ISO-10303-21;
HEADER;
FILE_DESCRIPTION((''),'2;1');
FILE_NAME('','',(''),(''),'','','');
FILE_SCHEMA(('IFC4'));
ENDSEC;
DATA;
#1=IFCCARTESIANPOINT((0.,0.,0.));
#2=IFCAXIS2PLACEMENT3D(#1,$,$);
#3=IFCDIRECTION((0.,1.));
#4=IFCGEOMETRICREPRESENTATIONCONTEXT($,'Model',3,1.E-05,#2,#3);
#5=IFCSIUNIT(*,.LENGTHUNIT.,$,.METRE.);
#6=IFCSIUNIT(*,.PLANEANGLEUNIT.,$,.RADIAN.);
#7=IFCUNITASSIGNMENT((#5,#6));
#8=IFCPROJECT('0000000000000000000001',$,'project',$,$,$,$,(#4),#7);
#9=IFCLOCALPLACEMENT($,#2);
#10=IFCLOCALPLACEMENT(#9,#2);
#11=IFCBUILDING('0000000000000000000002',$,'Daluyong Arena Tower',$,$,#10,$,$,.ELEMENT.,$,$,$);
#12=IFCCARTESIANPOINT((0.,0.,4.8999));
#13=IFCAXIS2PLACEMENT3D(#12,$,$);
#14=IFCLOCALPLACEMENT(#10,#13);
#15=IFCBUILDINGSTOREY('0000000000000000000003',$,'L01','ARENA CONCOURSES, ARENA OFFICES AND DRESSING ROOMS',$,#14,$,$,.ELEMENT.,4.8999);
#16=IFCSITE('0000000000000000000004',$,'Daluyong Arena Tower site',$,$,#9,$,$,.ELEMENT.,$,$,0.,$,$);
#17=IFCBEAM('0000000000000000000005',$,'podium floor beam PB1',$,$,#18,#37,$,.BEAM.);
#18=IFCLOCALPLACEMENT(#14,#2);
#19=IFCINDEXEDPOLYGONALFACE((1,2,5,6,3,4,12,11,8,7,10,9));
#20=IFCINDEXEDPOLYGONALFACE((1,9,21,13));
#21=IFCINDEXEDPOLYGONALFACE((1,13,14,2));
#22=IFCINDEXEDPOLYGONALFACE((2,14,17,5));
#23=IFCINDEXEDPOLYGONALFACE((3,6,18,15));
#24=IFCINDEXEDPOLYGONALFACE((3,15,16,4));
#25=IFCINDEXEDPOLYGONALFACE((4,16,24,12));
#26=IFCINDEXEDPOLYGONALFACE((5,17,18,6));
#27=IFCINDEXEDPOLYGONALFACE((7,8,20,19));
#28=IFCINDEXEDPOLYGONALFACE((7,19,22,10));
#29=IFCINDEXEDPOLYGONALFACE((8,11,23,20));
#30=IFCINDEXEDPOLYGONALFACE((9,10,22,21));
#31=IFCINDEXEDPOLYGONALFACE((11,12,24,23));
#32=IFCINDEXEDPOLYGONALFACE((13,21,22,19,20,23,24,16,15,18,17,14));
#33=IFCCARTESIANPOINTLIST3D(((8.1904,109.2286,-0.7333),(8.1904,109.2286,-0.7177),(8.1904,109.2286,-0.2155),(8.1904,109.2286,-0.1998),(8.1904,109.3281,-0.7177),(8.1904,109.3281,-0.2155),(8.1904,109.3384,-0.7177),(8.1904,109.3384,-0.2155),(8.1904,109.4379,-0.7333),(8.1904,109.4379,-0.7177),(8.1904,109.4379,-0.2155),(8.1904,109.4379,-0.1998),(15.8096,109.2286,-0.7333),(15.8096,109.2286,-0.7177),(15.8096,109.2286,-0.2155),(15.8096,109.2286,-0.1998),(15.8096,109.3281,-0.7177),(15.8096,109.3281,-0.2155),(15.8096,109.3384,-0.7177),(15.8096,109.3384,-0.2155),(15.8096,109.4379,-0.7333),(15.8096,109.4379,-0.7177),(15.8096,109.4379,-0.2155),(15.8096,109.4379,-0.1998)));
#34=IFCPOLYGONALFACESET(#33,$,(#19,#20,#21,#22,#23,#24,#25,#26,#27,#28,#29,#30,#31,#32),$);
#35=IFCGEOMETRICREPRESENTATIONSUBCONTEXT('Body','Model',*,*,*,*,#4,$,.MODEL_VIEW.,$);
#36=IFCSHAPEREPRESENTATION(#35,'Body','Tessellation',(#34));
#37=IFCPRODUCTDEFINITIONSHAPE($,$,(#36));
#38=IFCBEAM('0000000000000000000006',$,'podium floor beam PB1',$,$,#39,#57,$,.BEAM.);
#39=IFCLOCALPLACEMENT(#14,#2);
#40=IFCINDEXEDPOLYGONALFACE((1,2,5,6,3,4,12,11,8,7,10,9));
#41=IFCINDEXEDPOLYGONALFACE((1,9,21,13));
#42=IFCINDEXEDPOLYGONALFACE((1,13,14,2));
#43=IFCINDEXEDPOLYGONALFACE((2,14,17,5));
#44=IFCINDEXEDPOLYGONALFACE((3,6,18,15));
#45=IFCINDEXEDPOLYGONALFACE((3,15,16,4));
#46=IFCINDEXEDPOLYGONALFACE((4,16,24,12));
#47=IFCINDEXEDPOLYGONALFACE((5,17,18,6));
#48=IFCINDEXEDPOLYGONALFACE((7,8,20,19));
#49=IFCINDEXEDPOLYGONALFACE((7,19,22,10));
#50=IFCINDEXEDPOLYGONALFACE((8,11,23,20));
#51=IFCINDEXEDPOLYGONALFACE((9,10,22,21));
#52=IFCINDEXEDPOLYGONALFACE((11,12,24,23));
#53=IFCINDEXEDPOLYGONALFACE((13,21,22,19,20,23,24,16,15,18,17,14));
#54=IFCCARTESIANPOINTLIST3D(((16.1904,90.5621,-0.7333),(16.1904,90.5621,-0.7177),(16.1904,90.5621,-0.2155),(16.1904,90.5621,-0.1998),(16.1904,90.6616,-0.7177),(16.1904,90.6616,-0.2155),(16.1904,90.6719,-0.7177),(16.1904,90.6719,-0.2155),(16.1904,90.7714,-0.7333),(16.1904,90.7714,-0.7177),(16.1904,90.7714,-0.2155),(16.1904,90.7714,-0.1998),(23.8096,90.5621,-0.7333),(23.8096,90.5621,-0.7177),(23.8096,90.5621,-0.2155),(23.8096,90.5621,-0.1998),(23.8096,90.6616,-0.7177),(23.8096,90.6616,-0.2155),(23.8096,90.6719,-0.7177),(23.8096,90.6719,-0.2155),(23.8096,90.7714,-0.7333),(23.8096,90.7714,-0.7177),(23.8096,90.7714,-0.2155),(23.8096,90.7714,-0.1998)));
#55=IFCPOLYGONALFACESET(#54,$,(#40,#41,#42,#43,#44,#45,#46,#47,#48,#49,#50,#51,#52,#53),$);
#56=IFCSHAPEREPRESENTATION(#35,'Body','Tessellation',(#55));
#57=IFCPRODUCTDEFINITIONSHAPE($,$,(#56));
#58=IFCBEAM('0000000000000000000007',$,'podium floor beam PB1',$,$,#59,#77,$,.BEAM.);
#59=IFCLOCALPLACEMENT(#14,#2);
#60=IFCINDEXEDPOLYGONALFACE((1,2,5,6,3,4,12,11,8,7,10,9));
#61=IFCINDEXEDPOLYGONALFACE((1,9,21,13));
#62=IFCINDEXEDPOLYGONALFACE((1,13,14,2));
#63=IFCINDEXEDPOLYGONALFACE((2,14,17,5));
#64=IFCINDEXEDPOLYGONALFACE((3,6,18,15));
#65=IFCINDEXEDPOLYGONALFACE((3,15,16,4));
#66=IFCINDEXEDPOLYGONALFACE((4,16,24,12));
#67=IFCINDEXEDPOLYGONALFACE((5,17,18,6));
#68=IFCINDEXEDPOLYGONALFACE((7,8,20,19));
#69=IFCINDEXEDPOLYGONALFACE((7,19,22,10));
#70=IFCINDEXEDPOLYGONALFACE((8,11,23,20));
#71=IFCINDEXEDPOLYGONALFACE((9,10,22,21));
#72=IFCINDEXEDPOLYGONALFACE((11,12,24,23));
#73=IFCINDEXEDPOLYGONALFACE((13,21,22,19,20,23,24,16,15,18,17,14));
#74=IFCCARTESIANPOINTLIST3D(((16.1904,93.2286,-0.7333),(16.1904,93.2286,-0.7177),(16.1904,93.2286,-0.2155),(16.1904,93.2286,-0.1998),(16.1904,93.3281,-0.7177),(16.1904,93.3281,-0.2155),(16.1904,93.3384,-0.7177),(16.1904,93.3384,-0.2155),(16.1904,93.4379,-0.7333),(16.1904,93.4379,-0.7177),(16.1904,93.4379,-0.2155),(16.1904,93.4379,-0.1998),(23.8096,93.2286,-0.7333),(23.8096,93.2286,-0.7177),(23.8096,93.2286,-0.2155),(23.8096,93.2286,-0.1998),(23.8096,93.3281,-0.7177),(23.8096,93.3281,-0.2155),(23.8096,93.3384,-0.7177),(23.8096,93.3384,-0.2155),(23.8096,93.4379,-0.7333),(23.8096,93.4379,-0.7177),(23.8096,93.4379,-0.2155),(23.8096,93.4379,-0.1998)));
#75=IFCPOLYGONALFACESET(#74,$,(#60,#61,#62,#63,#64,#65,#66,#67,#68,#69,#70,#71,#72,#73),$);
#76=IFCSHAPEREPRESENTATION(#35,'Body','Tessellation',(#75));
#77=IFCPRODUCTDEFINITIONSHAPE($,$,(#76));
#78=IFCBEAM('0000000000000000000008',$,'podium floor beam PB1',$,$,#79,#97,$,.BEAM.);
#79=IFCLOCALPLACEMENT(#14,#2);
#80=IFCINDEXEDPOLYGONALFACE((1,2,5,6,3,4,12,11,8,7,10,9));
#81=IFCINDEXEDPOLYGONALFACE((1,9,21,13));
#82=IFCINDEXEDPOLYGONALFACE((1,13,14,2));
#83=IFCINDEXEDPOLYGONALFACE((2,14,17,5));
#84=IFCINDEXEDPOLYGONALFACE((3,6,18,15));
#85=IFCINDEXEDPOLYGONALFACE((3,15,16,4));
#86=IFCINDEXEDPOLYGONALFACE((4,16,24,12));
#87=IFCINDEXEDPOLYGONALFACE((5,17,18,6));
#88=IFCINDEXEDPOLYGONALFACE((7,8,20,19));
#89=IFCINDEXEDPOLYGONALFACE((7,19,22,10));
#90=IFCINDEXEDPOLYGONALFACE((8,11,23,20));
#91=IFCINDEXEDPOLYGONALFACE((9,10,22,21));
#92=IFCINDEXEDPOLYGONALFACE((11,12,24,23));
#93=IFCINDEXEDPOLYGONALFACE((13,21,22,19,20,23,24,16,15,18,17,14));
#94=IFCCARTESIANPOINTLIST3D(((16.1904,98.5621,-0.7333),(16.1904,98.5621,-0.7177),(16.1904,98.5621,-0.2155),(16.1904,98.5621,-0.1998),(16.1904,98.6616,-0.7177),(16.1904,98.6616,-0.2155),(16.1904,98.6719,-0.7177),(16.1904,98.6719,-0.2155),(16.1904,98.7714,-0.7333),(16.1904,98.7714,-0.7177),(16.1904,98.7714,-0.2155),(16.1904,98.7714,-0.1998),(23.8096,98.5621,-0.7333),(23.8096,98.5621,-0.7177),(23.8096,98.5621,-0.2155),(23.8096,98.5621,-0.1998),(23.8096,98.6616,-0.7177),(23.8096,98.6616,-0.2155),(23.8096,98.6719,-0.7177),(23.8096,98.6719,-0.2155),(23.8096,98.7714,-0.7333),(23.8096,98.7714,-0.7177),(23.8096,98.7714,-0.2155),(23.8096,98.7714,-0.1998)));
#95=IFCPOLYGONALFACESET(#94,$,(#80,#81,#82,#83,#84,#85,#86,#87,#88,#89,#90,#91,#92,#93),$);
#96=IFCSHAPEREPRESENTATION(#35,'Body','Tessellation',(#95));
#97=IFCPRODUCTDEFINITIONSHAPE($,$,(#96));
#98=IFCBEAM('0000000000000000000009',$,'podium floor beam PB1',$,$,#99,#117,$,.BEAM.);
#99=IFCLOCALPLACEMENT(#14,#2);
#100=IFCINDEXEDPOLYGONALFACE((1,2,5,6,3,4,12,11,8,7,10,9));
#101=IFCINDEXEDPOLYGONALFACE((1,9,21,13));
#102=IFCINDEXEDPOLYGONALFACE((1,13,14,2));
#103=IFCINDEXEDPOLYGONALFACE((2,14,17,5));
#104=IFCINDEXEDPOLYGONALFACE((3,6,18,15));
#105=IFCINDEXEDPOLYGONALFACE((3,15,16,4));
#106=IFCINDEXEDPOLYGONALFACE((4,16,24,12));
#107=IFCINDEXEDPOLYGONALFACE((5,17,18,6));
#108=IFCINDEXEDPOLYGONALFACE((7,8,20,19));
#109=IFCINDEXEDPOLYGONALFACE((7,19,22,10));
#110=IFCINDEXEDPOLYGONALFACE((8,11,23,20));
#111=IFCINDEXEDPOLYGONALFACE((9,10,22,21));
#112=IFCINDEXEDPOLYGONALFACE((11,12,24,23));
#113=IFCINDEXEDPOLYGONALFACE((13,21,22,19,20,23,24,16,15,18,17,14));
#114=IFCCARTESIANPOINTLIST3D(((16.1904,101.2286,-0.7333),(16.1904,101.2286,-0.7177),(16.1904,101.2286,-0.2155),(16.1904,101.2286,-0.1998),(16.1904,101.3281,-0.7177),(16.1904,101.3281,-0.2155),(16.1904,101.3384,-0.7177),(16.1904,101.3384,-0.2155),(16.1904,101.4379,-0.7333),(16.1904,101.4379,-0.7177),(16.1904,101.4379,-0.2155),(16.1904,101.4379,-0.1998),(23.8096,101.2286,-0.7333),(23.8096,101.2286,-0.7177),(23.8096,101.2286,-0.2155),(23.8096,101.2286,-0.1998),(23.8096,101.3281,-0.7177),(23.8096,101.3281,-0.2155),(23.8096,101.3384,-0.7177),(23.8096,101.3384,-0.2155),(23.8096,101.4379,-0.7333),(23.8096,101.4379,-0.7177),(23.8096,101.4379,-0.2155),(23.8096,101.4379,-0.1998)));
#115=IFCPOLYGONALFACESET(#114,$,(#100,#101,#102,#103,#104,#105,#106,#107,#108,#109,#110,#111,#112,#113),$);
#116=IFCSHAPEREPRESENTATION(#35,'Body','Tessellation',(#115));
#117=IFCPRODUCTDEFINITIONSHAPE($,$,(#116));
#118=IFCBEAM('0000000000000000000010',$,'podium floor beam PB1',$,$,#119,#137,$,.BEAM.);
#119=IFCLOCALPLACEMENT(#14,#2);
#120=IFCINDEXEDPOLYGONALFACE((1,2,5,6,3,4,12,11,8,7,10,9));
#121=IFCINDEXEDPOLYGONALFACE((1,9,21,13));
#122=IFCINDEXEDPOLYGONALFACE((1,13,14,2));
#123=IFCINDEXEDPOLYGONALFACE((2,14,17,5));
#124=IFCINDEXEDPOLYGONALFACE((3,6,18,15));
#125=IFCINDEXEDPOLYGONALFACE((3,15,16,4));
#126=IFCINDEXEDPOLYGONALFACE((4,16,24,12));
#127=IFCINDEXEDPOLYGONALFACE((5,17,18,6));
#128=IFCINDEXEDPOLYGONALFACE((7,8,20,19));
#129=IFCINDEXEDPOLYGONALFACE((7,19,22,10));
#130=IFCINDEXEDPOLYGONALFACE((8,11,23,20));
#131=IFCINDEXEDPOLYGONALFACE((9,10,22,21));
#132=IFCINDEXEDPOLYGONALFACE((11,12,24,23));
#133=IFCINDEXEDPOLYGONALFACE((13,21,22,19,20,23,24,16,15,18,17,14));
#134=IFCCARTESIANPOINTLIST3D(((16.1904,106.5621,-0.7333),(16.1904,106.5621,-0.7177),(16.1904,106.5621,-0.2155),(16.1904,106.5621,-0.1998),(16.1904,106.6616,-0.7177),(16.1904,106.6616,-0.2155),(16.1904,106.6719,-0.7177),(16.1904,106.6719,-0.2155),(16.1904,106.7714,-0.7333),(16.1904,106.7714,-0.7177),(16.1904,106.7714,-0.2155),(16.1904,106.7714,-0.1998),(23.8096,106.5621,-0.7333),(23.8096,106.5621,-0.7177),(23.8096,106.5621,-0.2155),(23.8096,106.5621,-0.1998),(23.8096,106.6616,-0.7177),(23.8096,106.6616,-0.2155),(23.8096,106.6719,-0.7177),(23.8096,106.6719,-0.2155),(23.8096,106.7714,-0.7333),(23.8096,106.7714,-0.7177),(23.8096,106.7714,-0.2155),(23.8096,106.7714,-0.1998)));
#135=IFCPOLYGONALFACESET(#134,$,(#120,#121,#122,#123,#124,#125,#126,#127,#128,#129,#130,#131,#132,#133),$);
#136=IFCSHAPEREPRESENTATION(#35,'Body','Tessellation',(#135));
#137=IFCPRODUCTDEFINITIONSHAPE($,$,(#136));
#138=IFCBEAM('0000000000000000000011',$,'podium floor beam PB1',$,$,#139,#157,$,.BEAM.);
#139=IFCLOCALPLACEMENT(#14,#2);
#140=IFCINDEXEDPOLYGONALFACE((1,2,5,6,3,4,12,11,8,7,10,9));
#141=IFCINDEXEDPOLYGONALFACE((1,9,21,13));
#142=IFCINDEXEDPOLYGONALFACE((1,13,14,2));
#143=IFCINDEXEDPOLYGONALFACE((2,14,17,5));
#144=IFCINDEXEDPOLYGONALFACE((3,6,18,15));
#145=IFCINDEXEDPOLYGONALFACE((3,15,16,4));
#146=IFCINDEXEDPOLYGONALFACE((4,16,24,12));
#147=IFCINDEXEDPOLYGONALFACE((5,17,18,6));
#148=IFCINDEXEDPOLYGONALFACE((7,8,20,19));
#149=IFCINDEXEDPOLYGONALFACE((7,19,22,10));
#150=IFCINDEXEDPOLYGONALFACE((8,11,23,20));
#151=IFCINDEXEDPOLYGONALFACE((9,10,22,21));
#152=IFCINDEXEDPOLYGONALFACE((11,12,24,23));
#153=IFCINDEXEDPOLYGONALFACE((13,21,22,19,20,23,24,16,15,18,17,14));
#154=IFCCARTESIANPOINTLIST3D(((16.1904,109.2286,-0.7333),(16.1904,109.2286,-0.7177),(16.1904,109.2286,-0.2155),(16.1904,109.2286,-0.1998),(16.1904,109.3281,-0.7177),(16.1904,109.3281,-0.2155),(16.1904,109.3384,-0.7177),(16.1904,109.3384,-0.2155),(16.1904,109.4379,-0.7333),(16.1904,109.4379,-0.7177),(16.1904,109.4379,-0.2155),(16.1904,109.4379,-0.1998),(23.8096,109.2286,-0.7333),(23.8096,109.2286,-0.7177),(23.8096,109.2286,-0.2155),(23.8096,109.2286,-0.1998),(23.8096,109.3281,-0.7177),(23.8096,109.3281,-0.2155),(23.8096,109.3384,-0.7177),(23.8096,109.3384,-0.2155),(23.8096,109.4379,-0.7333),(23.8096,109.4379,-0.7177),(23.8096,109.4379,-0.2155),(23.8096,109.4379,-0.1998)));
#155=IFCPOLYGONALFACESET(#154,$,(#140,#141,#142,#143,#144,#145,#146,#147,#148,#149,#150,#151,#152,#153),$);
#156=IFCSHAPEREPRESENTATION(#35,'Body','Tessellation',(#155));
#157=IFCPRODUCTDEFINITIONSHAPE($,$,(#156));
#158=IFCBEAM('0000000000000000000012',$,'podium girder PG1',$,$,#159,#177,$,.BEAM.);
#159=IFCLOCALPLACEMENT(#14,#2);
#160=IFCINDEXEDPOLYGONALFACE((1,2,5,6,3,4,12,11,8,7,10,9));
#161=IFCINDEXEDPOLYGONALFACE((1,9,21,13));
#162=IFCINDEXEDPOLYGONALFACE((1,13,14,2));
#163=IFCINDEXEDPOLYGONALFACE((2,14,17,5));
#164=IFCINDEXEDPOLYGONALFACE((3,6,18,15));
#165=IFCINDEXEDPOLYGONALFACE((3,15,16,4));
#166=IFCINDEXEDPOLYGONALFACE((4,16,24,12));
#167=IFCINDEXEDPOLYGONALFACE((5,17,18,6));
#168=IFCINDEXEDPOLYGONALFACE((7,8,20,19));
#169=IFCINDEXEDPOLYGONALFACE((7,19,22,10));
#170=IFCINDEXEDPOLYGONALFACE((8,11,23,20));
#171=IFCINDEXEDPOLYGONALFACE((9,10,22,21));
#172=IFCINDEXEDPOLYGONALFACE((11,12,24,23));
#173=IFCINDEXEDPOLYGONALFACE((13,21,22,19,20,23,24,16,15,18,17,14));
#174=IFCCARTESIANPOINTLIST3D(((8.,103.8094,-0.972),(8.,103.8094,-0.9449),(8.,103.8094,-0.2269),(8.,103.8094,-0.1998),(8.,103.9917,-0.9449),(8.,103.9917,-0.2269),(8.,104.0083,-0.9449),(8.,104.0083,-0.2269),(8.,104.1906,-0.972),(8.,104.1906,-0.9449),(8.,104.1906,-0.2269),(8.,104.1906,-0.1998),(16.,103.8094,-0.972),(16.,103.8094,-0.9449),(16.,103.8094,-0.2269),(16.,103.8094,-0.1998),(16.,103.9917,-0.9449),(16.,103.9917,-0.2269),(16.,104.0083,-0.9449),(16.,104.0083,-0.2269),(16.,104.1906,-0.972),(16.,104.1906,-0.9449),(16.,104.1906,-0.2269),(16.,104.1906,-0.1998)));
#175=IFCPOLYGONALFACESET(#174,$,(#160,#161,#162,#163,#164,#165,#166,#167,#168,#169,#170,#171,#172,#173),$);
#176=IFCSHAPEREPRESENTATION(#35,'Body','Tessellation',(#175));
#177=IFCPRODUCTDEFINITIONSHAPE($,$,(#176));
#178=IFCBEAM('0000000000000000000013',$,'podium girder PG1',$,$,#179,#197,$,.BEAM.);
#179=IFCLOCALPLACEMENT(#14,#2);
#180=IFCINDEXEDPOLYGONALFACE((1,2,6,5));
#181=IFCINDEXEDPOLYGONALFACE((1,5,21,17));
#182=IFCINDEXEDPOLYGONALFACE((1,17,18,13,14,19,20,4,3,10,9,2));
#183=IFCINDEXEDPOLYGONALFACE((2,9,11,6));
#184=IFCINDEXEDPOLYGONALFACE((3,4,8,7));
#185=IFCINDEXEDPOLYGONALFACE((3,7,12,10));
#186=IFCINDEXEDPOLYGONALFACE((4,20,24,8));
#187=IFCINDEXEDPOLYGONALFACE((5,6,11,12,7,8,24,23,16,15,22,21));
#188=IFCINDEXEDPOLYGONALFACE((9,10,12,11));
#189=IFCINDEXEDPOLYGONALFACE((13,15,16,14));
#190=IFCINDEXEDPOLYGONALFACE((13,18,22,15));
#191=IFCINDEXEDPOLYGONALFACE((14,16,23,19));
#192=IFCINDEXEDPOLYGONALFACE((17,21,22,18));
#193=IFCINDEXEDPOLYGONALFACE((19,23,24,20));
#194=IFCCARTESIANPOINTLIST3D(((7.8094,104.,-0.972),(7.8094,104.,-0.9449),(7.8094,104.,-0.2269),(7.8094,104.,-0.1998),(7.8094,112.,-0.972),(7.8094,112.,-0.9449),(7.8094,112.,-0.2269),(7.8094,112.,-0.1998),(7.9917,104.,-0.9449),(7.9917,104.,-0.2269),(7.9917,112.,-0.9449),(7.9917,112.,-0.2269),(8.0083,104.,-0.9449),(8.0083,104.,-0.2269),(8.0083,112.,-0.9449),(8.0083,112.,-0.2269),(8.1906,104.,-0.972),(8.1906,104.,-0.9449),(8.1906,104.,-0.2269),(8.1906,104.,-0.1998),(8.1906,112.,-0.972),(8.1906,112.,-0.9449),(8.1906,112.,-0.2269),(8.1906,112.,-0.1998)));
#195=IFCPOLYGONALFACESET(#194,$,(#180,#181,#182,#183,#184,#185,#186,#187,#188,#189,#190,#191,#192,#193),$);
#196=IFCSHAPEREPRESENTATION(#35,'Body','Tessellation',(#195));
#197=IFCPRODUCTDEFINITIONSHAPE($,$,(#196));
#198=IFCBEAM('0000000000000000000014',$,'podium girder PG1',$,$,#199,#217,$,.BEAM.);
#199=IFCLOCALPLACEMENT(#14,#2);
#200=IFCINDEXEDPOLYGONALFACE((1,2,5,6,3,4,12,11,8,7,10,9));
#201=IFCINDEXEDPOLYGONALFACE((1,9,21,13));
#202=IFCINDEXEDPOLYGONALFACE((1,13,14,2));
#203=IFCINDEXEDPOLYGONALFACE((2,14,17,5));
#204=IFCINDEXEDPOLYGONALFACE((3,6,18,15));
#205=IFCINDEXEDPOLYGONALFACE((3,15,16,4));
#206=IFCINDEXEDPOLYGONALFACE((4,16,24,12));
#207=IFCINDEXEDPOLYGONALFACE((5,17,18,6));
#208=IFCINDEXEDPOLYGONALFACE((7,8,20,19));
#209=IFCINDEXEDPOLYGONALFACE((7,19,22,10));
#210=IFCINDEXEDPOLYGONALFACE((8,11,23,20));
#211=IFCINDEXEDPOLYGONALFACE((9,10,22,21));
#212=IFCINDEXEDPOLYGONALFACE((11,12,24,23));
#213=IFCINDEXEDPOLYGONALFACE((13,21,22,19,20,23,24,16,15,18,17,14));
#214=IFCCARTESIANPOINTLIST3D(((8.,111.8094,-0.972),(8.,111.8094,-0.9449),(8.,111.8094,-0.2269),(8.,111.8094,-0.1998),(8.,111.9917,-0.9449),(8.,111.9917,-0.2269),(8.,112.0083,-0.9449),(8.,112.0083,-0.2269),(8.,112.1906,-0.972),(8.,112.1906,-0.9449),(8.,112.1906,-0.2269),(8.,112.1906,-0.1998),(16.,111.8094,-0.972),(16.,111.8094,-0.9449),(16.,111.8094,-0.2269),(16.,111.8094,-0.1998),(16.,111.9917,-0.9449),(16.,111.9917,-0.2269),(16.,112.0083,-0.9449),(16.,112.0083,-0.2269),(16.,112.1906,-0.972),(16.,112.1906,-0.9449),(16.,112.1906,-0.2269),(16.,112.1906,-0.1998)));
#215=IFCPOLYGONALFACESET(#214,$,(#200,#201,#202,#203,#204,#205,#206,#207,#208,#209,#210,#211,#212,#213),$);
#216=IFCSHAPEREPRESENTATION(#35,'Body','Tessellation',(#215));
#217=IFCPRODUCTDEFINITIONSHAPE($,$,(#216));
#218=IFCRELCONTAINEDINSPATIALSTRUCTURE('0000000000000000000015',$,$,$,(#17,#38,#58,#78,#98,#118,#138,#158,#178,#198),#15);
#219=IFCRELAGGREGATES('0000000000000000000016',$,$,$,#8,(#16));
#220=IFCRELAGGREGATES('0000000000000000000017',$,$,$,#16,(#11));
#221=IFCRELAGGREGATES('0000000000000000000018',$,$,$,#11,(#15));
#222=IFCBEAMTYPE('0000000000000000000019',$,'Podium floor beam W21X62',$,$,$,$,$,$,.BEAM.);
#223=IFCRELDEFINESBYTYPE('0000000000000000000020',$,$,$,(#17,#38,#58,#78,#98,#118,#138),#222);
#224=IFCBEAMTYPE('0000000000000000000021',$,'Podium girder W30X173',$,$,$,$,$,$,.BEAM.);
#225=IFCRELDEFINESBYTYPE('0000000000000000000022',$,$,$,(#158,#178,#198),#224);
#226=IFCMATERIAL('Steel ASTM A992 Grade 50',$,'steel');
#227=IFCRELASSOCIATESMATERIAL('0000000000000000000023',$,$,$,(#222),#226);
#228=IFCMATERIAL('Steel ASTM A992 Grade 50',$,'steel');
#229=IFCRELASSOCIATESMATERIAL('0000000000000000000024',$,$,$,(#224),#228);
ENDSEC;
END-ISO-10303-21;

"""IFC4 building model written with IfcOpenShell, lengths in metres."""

from ifc_helpers import new_model, si_unit, direction, frame, origin, origin_2d, place, context, subcontext, project, spatial, i_section, extrude, material, material_profile, profile_set, type_object, element, save


model = new_model("IFC4")

# Units and contexts
model_context = context("Model", 3, precision=1e-05, world=origin(), true_north=direction((0.0, 1.0)))
body_context = subcontext(model_context, "Body", "Model", "MODEL_VIEW")
ifc_project = project(units=[si_unit("LENGTHUNIT", "METRE"), si_unit("PLANEANGLEUNIT", "RADIAN")], contexts=[model_context])

# Site, building, storey
site_placement = place(None, origin())
site = spatial("IfcSite", under=ifc_project, at=site_placement, Name="Daluyong Arena Tower site", CompositionType="ELEMENT", RefElevation=0.0)
building_placement = place(site_placement, origin())
building = spatial("IfcBuilding", under=site, at=building_placement, Name="Daluyong Arena Tower", CompositionType="ELEMENT")
storey_placement = place(building_placement, frame((0.0, 0.0, 4.8999)))
storey = spatial("IfcBuildingStorey", under=building, at=storey_placement, Name="L01", Description="ARENA CONCOURSES, ARENA OFFICES AND DRESSING ROOMS", CompositionType="ELEMENT", Elevation=4.8999)

# Beams
ifc_material_1 = material(Name="Steel ASTM A992 Grade 50", Category="steel")
ifc_material_profile_1 = material_profile(ifc_material_1, i_section(OverallWidth=0.2092, OverallDepth=0.5334, WebThickness=0.0103, FlangeThickness=0.0156, at=origin_2d()))
ifc_profile_set_1 = profile_set([ifc_material_profile_1], Name="Steel ASTM A992 Grade 50")
beam_type_1 = type_object("IfcBeamType", Name="Podium floor beam W21X62", PredefinedType="BEAM", material=ifc_profile_set_1)
for number, where, z_axis, x_axis, name in (
    (1, (8.1904, 109.3333, -0.4666), (1.0, 0.0, 0.0), (0.0, 1.0, 0.0), "podium floor beam PB1"),
    (2, (16.1904, 90.6667, -0.4666), (1.0, 0.0, 0.0), (0.0, 1.0, 0.0), "podium floor beam PB1"),
    (3, (16.1904, 93.3333, -0.4666), (1.0, 0.0, 0.0), (0.0, 1.0, 0.0), "podium floor beam PB1"),
    (4, (16.1904, 98.6667, -0.4666), (1.0, 0.0, 0.0), (0.0, 1.0, 0.0), "podium floor beam PB1"),
    (5, (16.1904, 101.3333, -0.4666), (1.0, 0.0, 0.0), (0.0, 1.0, 0.0), "podium floor beam PB1"),
    (6, (16.1904, 106.6667, -0.4666), (1.0, 0.0, 0.0), (0.0, 1.0, 0.0), "podium floor beam PB1"),
    (7, (16.1904, 109.3333, -0.4666), (1.0, 0.0, 0.0), (0.0, 1.0, 0.0), "podium floor beam PB1"),
):
    element("IfcBeam", number, at=place(storey_placement, frame(where, z_axis=z_axis, x_axis=x_axis)), inside=storey, type_object=beam_type_1, Name=name, PredefinedType="BEAM", context=body_context, shape_type="SweptSolid", body=[
        extrude(i_section(OverallWidth=0.2092, OverallDepth=0.5334, WebThickness=0.0103, FlangeThickness=0.0156, at=origin_2d()), origin(), (0.0, 0.0, 1.0), 7.6191),
    ])
ifc_material_2 = material(Name="Steel ASTM A992 Grade 50", Category="steel")
ifc_material_profile_2 = material_profile(ifc_material_2, i_section(OverallWidth=0.3811, OverallDepth=0.7722, WebThickness=0.0166, FlangeThickness=0.0271, at=origin_2d()))
ifc_profile_set_2 = profile_set([ifc_material_profile_2], Name="Steel ASTM A992 Grade 50")
beam_type_2 = type_object("IfcBeamType", Name="Podium girder W30X173", PredefinedType="BEAM", material=ifc_profile_set_2)
for number, where, z_axis, x_axis, name in (
    (8, (8.0, 104.0, -0.5859), (1.0, 0.0, 0.0), (0.0, 1.0, 0.0), "podium girder PG1"),
    (9, (8.0, 104.0, -0.5859), (0.0, 1.0, 0.0), (-1.0, 0.0, 0.0), "podium girder PG1"),
    (10, (8.0, 112.0, -0.5859), (1.0, 0.0, 0.0), (0.0, 1.0, 0.0), "podium girder PG1"),
):
    element("IfcBeam", number, at=place(storey_placement, frame(where, z_axis=z_axis, x_axis=x_axis)), inside=storey, type_object=beam_type_2, Name=name, PredefinedType="BEAM", context=body_context, shape_type="SweptSolid", body=[
        extrude(i_section(OverallWidth=0.3811, OverallDepth=0.7722, WebThickness=0.0166, FlangeThickness=0.0271, at=origin_2d()), origin(), (0.0, 0.0, 1.0), 8.0),
    ])

save(model, "model.ifc")
